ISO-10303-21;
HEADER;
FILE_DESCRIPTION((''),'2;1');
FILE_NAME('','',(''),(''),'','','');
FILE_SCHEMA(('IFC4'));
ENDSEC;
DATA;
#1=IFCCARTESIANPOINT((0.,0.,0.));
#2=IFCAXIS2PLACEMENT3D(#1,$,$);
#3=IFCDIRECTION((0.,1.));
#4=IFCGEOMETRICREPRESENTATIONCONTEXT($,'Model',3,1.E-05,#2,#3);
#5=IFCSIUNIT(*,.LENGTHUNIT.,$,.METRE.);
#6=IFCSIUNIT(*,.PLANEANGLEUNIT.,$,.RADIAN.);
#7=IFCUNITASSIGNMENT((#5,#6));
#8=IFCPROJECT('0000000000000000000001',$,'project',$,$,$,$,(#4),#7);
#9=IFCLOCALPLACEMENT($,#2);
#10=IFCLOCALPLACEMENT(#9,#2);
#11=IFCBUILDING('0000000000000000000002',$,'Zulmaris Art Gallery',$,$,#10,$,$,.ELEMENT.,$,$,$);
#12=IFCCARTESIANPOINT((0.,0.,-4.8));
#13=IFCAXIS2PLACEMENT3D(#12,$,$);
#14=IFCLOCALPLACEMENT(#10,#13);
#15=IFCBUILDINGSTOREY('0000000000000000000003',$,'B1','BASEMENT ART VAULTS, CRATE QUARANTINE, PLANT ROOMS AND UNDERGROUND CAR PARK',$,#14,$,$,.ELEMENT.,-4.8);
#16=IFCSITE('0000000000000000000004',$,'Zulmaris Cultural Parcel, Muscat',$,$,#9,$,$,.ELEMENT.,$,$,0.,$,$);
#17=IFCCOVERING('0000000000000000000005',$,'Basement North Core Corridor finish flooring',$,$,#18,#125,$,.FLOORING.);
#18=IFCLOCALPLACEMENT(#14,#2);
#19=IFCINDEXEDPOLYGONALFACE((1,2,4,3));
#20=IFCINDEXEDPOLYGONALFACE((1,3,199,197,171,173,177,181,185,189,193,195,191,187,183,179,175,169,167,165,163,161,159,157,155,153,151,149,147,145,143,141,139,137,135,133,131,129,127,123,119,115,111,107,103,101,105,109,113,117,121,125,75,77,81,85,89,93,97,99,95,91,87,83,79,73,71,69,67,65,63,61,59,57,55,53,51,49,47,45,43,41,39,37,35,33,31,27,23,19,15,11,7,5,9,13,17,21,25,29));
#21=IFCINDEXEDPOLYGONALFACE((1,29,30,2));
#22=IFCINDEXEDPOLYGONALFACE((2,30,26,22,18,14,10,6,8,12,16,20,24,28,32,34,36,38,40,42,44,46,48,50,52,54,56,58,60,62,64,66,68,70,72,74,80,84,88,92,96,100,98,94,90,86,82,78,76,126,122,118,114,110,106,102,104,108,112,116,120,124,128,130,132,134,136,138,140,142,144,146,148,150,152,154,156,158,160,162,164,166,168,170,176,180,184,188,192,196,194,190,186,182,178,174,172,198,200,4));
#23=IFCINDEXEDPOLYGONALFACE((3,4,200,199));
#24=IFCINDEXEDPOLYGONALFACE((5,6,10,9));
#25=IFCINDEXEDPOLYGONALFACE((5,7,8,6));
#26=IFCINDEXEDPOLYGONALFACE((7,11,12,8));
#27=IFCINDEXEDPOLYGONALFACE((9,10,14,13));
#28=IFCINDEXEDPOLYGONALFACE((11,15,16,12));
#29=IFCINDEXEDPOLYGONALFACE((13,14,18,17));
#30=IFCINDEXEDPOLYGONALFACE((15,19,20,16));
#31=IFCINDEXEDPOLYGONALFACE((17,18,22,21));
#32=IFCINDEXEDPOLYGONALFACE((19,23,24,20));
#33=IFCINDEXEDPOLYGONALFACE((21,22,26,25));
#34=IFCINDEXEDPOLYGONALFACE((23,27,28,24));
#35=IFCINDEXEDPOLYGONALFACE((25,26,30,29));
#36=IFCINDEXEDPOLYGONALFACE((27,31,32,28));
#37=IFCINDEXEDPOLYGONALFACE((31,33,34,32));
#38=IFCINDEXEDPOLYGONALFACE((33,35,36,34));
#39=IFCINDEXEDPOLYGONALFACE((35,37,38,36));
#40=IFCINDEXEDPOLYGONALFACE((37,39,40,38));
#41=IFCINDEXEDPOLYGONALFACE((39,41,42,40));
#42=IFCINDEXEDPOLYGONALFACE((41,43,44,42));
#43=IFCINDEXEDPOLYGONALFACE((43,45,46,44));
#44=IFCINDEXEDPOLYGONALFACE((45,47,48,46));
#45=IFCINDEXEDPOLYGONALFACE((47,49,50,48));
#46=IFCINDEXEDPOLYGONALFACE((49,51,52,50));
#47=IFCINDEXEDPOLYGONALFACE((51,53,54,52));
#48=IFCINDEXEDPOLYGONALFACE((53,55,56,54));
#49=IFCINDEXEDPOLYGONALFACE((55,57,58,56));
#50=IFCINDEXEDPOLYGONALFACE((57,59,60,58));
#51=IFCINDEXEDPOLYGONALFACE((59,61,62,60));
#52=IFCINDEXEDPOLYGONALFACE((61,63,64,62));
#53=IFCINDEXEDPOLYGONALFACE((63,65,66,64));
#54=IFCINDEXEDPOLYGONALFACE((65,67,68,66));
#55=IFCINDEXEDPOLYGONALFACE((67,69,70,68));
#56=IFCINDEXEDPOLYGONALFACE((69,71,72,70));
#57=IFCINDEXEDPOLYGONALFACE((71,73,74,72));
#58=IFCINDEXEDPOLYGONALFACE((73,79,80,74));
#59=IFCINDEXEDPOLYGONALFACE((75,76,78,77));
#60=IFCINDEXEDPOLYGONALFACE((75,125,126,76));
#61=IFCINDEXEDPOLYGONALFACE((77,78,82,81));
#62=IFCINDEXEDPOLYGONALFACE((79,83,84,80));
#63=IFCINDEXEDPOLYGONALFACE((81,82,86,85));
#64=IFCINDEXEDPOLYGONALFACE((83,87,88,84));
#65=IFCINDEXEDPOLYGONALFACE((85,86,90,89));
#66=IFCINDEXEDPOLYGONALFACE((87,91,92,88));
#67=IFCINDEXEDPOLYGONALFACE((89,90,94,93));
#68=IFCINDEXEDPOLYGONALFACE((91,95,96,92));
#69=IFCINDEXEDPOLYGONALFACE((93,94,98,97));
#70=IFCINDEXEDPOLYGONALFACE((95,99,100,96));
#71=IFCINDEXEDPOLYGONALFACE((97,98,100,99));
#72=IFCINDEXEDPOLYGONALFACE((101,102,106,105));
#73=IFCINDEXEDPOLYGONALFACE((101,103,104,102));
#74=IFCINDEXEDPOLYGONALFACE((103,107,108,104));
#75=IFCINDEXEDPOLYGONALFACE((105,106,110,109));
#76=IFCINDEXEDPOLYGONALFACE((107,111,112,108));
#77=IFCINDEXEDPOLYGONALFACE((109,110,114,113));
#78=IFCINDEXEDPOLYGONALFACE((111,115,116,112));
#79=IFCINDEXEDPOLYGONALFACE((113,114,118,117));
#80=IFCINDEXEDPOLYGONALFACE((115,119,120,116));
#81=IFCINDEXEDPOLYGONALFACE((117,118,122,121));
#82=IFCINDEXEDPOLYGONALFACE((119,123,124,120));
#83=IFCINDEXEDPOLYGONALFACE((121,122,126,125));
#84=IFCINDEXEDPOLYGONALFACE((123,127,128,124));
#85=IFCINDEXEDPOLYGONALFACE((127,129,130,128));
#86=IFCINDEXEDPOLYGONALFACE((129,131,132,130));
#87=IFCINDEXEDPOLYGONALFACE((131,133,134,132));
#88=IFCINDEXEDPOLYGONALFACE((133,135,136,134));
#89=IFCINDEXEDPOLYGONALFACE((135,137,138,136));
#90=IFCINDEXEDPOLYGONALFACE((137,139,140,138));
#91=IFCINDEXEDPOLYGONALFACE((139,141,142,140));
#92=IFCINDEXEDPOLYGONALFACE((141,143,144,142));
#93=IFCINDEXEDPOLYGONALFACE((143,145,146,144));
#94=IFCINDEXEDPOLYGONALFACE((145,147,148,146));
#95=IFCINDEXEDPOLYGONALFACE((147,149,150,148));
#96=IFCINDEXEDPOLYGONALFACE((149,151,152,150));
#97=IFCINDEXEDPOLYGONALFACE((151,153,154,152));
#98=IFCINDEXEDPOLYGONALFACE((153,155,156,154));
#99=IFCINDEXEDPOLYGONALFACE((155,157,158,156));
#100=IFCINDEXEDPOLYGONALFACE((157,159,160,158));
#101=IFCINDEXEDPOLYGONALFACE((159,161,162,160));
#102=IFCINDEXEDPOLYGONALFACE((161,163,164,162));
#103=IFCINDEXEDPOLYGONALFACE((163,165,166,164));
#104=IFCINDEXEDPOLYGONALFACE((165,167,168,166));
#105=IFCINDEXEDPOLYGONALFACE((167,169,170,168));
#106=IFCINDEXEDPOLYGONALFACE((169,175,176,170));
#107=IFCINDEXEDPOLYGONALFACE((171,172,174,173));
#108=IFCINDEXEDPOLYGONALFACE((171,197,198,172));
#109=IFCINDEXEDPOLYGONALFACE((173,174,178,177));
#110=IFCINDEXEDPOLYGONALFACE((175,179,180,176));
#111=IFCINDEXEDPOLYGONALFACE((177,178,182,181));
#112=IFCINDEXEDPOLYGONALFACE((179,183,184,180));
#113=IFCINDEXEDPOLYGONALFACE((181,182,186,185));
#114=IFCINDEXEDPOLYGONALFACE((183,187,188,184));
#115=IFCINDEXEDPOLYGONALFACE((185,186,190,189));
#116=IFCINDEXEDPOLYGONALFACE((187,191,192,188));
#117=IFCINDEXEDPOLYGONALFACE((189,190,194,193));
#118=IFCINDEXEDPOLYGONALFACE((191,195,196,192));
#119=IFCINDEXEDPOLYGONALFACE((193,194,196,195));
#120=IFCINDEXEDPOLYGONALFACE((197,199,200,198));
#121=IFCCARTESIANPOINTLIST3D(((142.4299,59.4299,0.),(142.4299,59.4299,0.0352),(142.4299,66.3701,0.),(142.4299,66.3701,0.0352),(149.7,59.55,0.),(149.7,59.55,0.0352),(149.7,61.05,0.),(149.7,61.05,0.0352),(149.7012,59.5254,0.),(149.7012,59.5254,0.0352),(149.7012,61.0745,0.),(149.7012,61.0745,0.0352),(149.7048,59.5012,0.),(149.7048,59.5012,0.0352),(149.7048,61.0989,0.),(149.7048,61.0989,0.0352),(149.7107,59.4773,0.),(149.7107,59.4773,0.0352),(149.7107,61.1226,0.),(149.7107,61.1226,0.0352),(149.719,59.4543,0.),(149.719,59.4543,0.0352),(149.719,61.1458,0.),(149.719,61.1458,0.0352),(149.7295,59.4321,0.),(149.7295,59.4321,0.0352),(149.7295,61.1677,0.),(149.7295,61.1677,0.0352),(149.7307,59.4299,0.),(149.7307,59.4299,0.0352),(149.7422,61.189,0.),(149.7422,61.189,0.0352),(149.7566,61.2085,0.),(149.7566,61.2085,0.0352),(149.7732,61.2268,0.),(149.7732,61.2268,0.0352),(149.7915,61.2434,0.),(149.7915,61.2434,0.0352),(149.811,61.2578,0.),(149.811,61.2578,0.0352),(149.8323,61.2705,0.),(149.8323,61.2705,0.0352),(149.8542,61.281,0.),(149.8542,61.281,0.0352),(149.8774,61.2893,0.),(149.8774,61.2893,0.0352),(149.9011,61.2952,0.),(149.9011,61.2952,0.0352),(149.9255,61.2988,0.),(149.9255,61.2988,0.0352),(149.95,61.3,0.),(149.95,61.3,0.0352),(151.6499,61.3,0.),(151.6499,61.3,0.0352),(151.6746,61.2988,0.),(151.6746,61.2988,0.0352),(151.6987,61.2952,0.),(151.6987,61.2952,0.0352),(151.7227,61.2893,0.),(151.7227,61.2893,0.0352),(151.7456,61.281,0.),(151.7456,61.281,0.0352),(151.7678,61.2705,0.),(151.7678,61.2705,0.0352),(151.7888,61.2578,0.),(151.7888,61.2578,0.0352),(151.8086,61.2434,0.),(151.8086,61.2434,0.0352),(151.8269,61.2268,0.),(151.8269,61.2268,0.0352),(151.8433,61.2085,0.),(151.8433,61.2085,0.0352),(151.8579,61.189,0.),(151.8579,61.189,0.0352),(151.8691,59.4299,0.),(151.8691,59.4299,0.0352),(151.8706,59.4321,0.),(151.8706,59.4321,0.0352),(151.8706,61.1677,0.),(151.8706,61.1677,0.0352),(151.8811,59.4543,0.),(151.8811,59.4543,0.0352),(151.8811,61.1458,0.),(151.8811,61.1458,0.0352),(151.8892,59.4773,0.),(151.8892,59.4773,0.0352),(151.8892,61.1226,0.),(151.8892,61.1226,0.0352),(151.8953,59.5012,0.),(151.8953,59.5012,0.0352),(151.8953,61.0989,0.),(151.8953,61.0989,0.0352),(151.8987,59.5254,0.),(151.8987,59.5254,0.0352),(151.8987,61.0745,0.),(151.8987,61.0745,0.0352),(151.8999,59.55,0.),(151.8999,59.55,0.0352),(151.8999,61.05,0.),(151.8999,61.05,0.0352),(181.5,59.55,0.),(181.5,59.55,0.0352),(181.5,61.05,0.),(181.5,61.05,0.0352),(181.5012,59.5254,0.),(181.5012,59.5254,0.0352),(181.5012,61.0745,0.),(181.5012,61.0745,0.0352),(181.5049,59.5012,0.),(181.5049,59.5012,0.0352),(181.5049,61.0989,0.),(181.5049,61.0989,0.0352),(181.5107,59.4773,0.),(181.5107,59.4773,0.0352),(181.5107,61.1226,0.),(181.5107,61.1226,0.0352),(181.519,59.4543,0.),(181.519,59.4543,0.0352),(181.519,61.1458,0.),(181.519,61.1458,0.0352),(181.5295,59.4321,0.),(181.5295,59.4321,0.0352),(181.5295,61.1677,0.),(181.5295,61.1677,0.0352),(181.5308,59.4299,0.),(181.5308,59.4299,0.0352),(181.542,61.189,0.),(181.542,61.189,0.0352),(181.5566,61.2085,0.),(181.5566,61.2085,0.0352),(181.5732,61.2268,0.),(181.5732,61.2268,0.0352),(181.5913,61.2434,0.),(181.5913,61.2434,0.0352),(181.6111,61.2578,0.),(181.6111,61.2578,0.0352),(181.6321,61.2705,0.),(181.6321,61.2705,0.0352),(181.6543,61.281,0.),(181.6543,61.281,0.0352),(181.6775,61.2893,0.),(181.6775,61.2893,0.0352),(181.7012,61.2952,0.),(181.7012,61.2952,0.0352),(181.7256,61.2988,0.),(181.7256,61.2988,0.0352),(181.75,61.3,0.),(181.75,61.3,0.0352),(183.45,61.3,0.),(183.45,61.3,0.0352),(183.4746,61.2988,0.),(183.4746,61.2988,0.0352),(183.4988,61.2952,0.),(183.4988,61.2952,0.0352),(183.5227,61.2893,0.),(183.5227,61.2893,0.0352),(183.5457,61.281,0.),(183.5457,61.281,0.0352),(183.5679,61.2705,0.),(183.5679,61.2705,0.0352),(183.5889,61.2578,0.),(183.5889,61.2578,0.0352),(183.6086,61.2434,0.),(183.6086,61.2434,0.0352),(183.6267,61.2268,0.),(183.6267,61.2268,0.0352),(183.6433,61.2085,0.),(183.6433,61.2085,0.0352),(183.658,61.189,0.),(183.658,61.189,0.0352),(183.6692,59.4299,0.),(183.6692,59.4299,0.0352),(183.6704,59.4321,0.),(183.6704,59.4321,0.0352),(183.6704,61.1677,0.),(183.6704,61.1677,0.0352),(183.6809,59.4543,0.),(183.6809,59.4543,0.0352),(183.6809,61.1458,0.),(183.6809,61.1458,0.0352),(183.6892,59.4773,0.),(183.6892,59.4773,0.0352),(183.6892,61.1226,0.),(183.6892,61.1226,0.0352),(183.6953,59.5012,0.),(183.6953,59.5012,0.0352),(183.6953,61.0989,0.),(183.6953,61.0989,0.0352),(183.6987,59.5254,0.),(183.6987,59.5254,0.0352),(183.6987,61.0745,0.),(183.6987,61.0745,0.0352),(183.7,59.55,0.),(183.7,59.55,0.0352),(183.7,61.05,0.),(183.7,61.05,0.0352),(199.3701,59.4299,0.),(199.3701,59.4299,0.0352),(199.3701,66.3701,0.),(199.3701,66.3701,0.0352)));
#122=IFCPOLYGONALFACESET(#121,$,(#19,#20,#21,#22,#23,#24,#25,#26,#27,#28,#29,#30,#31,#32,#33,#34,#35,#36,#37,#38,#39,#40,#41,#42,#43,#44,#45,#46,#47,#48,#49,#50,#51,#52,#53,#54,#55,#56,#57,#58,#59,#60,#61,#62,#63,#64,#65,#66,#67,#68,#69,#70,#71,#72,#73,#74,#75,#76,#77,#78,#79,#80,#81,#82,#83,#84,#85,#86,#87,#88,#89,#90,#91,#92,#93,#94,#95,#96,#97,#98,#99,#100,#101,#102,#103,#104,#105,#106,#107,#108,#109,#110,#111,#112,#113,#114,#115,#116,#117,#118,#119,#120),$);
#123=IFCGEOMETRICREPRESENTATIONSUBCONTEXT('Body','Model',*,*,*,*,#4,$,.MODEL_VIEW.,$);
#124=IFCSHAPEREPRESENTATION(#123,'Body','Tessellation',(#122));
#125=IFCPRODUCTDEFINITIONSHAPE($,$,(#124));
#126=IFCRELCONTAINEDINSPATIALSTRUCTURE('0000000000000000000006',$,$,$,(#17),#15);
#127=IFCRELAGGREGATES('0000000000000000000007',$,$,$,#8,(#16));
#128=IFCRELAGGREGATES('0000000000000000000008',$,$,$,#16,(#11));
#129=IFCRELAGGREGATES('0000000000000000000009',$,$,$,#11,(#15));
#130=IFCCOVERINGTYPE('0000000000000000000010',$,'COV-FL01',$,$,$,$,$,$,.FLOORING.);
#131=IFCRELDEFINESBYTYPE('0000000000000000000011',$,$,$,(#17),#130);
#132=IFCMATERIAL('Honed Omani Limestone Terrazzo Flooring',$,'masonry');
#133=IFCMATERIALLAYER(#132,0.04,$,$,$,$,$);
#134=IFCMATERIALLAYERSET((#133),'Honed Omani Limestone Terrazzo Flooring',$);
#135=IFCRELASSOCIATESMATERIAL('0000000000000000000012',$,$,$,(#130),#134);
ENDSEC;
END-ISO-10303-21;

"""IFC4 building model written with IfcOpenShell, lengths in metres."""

from ifc_helpers import new_model, si_unit, direction, frame, origin, place, context, subcontext, project, spatial, polyline, outline, extrude, material, layer, layer_set, type_object, element, save


model = new_model("IFC4")

# Units and contexts
model_context = context("Model", 3, precision=1e-05, world=origin(), true_north=direction((0.0, 1.0)))
body_context = subcontext(model_context, "Body", "Model", "MODEL_VIEW")
ifc_project = project(units=[si_unit("LENGTHUNIT", "METRE"), si_unit("PLANEANGLEUNIT", "RADIAN")], contexts=[model_context])

# Site, building, storey
site_placement = place(None, origin())
site = spatial("IfcSite", under=ifc_project, at=site_placement, Name="Zulmaris Cultural Parcel, Muscat", CompositionType="ELEMENT", RefElevation=0.0)
building_placement = place(site_placement, origin())
building = spatial("IfcBuilding", under=site, at=building_placement, Name="Zulmaris Art Gallery", CompositionType="ELEMENT")
storey_placement = place(building_placement, frame((0.0, 0.0, -4.8)))
storey = spatial("IfcBuildingStorey", under=building, at=storey_placement, Name="B1", Description="BASEMENT ART VAULTS, CRATE QUARANTINE, PLANT ROOMS AND UNDERGROUND CAR PARK", CompositionType="ELEMENT", Elevation=-4.8)

# Covering
ifc_material_1 = material(Name="Honed Omani Limestone Terrazzo Flooring", Category="masonry")
ifc_layer_1 = layer(ifc_material_1, 0.04)
ifc_layer_set_1 = layer_set([ifc_layer_1], Name="Honed Omani Limestone Terrazzo Flooring")
covering_type_1 = type_object("IfcCoveringType", Name="COV-FL01", PredefinedType="FLOORING", material=ifc_layer_set_1)
covering_1_placement = place(storey_placement, origin())
element("IfcCovering", 1, at=covering_1_placement, inside=storey, type_object=covering_type_1, Name="Basement North Core Corridor finish flooring", PredefinedType="FLOORING", context=body_context, shape_type="SweptSolid", body=[
    extrude(outline(polyline([(142.4299, 59.4299), (142.4299, 66.3701), (199.3701, 66.3701), (199.3701, 59.4299), (183.6692, 59.4299), (183.6704, 59.4321), (183.6809, 59.4543), (183.6892, 59.4773), (183.6953, 59.5012), (183.6987, 59.5254), (183.7, 59.55), (183.7, 61.05), (183.6987, 61.0745), (183.6953, 61.0989), (183.6892, 61.1226), (183.6809, 61.1458), (183.6704, 61.1677), (183.658, 61.189), (183.6433, 61.2085), (183.6267, 61.2268), (183.6086, 61.2434), (183.5889, 61.2578), (183.5679, 61.2705), (183.5457, 61.281), (183.5227, 61.2893), (183.4988, 61.2952), (183.4746, 61.2988), (183.45, 61.3), (181.75, 61.3), (181.7256, 61.2988), (181.7012, 61.2952), (181.6775, 61.2893), (181.6543, 61.281), (181.6321, 61.2705), (181.6111, 61.2578), (181.5913, 61.2434), (181.5732, 61.2268), (181.5566, 61.2085), (181.542, 61.189), (181.5295, 61.1677), (181.519, 61.1458), (181.5107, 61.1226), (181.5049, 61.0989), (181.5012, 61.0745), (181.5, 61.05), (181.5, 59.55), (181.5012, 59.5254), (181.5049, 59.5012), (181.5107, 59.4773), (181.519, 59.4543), (181.5295, 59.4321), (181.5308, 59.4299), (151.8691, 59.4299), (151.8706, 59.4321), (151.8811, 59.4543), (151.8892, 59.4773), (151.8953, 59.5012), (151.8987, 59.5254), (151.8999, 59.55), (151.8999, 61.05), (151.8987, 61.0745), (151.8953, 61.0989), (151.8892, 61.1226), (151.8811, 61.1458), (151.8706, 61.1677), (151.8579, 61.189), (151.8433, 61.2085), (151.8269, 61.2268), (151.8086, 61.2434), (151.7888, 61.2578), (151.7678, 61.2705), (151.7456, 61.281), (151.7227, 61.2893), (151.6987, 61.2952), (151.6746, 61.2988), (151.6499, 61.3), (149.95, 61.3), (149.9255, 61.2988), (149.9011, 61.2952), (149.8774, 61.2893), (149.8542, 61.281), (149.8323, 61.2705), (149.811, 61.2578), (149.7915, 61.2434), (149.7732, 61.2268), (149.7566, 61.2085), (149.7422, 61.189), (149.7295, 61.1677), (149.719, 61.1458), (149.7107, 61.1226), (149.7048, 61.0989), (149.7012, 61.0745), (149.7, 61.05), (149.7, 59.55), (149.7012, 59.5254), (149.7048, 59.5012), (149.7107, 59.4773), (149.719, 59.4543), (149.7295, 59.4321), (149.7307, 59.4299), (142.4299, 59.4299)])), origin(), (0.0, 0.0, 1.0), 0.0352),
])

save(model, "model.ifc")
